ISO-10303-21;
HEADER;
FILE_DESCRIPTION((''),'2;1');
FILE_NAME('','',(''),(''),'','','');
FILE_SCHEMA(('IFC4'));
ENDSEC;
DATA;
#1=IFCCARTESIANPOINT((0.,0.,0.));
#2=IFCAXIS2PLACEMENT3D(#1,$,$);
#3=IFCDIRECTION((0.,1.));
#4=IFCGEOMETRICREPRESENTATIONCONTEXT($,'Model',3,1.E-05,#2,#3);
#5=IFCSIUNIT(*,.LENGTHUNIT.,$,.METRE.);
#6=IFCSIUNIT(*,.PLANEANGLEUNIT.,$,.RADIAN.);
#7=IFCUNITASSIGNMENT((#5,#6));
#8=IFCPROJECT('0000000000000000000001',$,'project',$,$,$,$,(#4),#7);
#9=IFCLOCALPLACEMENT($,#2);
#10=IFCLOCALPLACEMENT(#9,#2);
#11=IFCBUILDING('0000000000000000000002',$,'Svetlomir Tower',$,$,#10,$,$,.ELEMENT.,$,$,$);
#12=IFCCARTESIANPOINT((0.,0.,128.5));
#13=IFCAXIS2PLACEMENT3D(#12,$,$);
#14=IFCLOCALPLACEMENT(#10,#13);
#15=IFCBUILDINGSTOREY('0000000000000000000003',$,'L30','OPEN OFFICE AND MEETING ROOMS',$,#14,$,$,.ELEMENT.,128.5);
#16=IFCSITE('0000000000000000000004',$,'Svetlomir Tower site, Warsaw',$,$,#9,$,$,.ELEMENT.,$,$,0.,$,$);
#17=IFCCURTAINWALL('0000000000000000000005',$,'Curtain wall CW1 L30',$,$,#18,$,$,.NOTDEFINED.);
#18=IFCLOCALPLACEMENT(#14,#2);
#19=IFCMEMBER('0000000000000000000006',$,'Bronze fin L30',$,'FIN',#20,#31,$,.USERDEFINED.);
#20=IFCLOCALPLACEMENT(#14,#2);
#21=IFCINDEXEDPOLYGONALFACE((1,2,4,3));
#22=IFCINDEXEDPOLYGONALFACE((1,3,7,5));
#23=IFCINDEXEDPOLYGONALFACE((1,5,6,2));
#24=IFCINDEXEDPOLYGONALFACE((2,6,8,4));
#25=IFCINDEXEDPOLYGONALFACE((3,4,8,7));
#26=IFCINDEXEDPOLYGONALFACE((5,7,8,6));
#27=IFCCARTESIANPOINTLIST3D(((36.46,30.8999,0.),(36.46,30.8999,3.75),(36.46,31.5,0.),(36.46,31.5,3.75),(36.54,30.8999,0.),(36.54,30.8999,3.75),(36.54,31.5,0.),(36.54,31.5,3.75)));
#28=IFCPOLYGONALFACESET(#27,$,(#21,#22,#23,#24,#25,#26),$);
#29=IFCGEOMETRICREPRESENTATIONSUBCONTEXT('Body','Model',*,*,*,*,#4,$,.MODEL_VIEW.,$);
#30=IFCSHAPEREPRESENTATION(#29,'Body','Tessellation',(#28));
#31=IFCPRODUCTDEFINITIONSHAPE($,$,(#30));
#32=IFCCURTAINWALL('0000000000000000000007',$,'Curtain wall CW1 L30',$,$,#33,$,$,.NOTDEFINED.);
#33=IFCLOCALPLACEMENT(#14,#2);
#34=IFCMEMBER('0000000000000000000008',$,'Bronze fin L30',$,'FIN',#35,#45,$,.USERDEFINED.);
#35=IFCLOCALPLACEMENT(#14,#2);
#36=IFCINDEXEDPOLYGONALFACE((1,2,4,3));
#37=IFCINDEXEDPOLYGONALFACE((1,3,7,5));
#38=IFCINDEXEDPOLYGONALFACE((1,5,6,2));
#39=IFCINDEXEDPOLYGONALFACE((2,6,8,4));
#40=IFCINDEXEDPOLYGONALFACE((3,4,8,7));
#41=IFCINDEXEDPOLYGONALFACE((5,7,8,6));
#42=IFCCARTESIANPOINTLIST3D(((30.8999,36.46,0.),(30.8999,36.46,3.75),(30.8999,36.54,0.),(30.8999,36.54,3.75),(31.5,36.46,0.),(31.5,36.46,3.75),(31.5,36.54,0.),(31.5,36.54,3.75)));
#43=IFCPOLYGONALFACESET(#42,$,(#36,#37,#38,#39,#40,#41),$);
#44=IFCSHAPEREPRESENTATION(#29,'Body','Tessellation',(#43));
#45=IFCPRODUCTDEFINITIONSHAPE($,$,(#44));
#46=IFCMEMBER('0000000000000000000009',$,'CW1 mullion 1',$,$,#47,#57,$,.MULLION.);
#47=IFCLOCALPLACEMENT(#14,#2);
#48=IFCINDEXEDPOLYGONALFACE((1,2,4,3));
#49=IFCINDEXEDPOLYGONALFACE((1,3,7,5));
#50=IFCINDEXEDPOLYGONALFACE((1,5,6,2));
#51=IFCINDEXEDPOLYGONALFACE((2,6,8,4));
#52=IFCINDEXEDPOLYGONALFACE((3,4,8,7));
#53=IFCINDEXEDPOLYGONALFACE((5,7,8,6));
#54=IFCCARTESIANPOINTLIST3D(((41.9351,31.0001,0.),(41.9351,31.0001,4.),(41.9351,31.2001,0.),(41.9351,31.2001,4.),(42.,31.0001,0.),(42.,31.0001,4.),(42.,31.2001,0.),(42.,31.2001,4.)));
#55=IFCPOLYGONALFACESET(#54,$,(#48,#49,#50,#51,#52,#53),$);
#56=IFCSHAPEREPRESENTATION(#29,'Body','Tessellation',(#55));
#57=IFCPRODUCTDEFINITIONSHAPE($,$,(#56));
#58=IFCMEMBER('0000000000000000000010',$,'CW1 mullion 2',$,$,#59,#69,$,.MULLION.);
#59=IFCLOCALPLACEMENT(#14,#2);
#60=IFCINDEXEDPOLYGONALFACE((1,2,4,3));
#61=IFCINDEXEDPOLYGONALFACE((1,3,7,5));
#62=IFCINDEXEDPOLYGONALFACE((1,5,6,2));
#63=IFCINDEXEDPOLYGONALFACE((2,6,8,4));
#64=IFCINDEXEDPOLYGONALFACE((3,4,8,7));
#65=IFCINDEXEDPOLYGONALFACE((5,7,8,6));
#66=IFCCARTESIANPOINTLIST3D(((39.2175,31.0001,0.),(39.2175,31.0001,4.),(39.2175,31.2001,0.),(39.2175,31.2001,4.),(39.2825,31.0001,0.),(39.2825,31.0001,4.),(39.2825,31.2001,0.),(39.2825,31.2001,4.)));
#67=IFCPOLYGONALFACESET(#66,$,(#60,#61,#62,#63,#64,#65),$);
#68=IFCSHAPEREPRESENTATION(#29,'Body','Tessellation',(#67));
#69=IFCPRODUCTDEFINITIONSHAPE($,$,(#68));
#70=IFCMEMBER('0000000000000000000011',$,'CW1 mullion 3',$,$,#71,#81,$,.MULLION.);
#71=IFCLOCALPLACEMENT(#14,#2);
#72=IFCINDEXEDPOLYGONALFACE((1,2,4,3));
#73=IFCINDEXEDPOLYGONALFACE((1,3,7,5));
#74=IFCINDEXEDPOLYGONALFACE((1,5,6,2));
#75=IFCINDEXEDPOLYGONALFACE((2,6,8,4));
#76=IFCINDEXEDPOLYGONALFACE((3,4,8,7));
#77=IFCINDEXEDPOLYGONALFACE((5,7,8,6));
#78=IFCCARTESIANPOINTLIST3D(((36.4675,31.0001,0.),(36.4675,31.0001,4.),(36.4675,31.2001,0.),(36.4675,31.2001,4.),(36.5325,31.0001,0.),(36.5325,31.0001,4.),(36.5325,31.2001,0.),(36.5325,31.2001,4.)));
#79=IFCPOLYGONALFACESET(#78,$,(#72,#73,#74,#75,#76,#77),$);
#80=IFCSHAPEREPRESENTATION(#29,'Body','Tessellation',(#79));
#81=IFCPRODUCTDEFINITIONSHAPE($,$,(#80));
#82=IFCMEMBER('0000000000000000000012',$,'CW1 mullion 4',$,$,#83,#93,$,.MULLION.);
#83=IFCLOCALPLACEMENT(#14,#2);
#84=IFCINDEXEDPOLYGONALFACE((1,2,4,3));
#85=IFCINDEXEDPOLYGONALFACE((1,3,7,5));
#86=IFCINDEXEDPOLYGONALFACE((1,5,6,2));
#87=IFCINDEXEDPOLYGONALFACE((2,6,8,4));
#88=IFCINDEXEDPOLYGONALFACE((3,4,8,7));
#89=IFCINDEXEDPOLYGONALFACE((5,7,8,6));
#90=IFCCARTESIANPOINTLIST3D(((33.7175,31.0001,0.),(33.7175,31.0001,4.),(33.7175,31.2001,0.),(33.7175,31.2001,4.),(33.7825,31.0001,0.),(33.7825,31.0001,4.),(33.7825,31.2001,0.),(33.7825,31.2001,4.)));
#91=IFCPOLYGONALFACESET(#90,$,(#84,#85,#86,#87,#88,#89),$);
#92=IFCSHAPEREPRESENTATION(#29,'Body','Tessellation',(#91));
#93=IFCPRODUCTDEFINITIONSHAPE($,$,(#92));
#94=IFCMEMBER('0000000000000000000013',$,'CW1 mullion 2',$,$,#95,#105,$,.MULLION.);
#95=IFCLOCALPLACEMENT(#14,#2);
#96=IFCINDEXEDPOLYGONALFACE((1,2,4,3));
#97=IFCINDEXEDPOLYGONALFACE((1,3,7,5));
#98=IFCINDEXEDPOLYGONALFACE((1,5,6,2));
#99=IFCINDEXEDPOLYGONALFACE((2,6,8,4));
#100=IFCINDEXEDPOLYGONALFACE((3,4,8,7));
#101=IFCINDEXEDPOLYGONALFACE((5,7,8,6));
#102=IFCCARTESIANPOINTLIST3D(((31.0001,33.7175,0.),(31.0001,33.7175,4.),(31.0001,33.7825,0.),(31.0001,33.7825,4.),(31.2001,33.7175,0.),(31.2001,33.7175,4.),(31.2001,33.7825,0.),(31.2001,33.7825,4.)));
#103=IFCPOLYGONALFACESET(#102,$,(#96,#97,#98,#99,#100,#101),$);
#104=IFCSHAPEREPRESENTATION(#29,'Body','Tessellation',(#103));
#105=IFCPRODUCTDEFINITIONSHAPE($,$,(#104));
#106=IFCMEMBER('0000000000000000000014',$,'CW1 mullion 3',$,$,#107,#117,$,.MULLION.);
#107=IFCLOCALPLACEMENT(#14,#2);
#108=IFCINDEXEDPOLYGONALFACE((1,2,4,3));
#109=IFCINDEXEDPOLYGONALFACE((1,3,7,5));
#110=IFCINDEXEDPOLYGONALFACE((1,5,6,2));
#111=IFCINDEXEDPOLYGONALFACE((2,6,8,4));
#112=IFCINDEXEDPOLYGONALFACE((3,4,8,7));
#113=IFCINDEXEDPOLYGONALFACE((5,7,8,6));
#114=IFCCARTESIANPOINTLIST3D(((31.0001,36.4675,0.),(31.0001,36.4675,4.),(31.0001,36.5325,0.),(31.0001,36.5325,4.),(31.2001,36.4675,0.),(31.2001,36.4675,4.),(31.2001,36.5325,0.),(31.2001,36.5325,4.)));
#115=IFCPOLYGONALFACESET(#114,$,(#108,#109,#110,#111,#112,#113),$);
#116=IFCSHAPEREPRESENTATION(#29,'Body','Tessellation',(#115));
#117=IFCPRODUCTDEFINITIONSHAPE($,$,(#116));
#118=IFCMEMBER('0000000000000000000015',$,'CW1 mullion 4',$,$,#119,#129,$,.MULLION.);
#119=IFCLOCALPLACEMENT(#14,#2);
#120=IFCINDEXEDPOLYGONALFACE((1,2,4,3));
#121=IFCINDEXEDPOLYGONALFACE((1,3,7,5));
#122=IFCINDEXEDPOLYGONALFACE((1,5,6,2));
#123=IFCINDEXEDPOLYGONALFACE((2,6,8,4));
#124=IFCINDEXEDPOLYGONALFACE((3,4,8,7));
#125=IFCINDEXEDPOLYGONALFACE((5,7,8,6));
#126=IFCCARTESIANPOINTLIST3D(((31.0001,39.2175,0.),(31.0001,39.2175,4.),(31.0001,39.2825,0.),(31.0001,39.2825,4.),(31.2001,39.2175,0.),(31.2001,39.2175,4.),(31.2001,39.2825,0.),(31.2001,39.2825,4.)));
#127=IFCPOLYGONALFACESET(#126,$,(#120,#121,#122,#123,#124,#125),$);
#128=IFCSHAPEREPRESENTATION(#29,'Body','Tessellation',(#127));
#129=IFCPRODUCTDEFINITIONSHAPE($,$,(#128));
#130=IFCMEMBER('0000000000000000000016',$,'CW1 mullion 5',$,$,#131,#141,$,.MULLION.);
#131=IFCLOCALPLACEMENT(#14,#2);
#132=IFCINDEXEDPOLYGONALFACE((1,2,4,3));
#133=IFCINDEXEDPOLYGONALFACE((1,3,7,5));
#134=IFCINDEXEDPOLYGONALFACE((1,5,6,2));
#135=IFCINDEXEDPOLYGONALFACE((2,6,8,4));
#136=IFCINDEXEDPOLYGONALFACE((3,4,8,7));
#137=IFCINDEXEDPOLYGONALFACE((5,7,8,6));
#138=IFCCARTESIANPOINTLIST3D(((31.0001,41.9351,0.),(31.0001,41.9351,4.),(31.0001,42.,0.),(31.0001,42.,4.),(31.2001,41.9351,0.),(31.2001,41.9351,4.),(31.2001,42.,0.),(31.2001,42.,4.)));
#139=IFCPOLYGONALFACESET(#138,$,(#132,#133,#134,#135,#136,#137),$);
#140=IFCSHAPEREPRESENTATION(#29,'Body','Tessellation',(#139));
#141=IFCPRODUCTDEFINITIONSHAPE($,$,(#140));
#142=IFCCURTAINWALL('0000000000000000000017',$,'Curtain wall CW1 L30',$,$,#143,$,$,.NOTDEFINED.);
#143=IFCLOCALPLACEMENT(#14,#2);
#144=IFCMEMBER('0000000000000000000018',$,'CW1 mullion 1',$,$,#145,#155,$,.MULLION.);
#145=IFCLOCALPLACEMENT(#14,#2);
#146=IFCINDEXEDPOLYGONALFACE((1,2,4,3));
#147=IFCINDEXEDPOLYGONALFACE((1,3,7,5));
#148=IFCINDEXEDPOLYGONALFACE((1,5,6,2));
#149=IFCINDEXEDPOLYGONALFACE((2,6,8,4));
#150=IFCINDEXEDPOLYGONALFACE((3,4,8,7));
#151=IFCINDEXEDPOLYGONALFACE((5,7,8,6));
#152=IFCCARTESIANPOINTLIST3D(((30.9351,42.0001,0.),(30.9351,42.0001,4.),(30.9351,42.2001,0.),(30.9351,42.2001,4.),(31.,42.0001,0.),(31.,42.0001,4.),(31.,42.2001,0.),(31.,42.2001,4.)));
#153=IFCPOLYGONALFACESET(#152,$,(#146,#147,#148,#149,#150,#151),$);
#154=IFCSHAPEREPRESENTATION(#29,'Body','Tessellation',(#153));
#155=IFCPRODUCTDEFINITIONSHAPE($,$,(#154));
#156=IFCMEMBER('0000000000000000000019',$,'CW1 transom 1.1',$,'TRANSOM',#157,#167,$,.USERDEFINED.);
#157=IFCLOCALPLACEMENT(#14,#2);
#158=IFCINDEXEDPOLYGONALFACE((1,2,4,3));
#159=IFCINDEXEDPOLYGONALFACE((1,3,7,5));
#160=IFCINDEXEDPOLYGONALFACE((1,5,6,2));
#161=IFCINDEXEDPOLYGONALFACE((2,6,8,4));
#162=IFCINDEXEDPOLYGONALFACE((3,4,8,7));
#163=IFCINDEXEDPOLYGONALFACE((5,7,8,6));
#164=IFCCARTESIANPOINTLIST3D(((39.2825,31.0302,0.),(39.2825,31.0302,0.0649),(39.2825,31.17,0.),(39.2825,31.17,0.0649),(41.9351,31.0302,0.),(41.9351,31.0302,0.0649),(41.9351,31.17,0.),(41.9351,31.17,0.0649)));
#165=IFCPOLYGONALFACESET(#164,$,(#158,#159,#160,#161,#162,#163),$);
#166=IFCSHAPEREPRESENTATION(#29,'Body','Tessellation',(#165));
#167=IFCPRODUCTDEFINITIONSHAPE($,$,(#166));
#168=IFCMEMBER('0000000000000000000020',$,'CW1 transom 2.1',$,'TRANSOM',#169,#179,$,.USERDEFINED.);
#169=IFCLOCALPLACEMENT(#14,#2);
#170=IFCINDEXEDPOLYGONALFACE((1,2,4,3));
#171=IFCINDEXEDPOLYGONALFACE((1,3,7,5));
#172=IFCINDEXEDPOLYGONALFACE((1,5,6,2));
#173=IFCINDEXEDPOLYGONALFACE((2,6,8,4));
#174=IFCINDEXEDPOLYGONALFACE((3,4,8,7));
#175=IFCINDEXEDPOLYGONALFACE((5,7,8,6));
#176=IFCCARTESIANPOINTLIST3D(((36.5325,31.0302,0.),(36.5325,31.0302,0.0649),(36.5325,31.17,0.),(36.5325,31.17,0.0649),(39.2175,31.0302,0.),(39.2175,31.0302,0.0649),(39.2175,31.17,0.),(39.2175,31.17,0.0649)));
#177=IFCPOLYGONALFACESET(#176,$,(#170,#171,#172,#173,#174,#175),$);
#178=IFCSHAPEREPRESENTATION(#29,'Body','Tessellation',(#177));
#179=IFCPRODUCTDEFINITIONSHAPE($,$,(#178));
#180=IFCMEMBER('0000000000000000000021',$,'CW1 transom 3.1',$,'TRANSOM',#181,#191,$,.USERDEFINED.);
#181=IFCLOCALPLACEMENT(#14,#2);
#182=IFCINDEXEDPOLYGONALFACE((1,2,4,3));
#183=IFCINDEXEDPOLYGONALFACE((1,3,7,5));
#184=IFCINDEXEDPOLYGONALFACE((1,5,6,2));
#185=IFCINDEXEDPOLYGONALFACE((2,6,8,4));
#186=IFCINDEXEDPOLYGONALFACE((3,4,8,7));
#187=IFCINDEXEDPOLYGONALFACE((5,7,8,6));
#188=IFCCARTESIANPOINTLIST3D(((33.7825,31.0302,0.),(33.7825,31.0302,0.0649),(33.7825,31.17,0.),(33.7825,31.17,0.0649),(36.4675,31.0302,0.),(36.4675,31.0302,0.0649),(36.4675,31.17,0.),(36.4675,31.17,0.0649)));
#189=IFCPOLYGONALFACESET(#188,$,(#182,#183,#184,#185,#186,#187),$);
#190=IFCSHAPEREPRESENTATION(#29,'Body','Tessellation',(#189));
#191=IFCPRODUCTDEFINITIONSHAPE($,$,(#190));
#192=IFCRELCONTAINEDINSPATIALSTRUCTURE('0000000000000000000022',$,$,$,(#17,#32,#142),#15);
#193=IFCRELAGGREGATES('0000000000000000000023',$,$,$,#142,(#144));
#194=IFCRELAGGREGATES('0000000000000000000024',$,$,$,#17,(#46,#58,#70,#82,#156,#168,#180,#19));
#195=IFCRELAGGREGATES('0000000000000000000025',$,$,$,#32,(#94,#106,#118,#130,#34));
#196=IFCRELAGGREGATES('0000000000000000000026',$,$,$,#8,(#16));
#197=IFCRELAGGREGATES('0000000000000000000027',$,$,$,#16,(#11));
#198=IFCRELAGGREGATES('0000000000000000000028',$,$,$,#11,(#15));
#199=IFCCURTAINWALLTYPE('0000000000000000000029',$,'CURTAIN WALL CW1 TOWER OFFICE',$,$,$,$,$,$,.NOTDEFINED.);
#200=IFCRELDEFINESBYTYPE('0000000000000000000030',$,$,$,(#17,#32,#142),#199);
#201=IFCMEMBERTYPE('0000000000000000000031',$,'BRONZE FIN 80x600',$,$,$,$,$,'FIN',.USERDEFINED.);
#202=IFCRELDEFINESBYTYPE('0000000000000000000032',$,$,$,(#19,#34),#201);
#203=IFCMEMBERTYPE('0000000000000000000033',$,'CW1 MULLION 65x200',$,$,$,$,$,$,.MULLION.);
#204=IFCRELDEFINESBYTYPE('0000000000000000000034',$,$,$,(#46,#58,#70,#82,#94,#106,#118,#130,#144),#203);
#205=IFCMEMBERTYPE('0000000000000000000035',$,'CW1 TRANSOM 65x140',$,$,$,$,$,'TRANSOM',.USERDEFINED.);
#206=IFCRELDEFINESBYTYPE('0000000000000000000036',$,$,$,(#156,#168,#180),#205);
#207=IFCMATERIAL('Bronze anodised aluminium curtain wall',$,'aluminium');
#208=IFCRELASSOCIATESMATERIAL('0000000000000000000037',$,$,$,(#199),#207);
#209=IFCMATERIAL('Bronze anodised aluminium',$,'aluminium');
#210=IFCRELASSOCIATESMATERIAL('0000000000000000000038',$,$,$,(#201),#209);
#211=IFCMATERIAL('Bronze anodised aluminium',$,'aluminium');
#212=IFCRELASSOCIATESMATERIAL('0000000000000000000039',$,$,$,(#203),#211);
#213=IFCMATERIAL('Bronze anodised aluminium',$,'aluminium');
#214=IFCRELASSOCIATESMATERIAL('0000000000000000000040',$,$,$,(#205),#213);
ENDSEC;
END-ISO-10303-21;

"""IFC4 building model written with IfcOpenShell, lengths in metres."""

from ifc_helpers import new_model, si_unit, direction, frame, origin, origin_2d, place, context, subcontext, project, spatial, rectangle, extrude, material, material_profile, profile_set, type_object, element, aggregate, save


model = new_model("IFC4")

# Units and contexts
model_context = context("Model", 3, precision=1e-05, world=origin(), true_north=direction((0.0, 1.0)))
body_context = subcontext(model_context, "Body", "Model", "MODEL_VIEW")
ifc_project = project(units=[si_unit("LENGTHUNIT", "METRE"), si_unit("PLANEANGLEUNIT", "RADIAN")], contexts=[model_context])

# Site, building, storey
site_placement = place(None, origin())
site = spatial("IfcSite", under=ifc_project, at=site_placement, Name="Svetlomir Tower site, Warsaw", CompositionType="ELEMENT", RefElevation=0.0)
building_placement = place(site_placement, origin())
building = spatial("IfcBuilding", under=site, at=building_placement, Name="Svetlomir Tower", CompositionType="ELEMENT")
storey_placement = place(building_placement, frame((0.0, 0.0, 128.5)))
storey = spatial("IfcBuildingStorey", under=building, at=storey_placement, Name="L30", Description="OPEN OFFICE AND MEETING ROOMS", CompositionType="ELEMENT", Elevation=128.5)

# Curtain walls, members
ifc_material_1 = material(Name="Bronze anodised aluminium curtain wall", Category="aluminium")
curtain_wall_type = type_object("IfcCurtainWallType", Name="CURTAIN WALL CW1 TOWER OFFICE", PredefinedType="NOTDEFINED", material=ifc_material_1)
curtain_wall_1_placement = place(storey_placement, origin())
curtain_wall_1 = element("IfcCurtainWall", 1, at=curtain_wall_1_placement, inside=storey, type_object=curtain_wall_type, Name="Curtain wall CW1 L30", PredefinedType="NOTDEFINED")
ifc_material_2 = material(Name="Bronze anodised aluminium", Category="aluminium")
ifc_material_profile_1 = material_profile(ifc_material_2, rectangle(XDim=0.0801, YDim=0.6001, at=origin_2d()), Name="FIN 80x600")
ifc_profile_set_1 = profile_set([ifc_material_profile_1], Name="Bronze anodised aluminium 6063-T6")
member_type_1 = type_object("IfcMemberType", Name="BRONZE FIN 80x600", ElementType="FIN", PredefinedType="USERDEFINED", material=ifc_profile_set_1)
member_1_placement = place(storey_placement, frame((36.5, 31.2, 0.0), z_axis=(0.0, 0.0, 1.0), x_axis=(1.0, 0.0, 0.0)))
member_1 = element("IfcMember", 2, at=member_1_placement, type_object=member_type_1, Name="Bronze fin L30", ObjectType="FIN", PredefinedType="USERDEFINED", context=body_context, shape_type="SweptSolid", body=[
    extrude(rectangle(XDim=0.0801, YDim=0.6001, at=origin_2d()), origin(), (0.0, 0.0, 1.0), 3.75),
])
curtain_wall_2_placement = place(storey_placement, origin())
curtain_wall_2 = element("IfcCurtainWall", 3, at=curtain_wall_2_placement, inside=storey, type_object=curtain_wall_type, Name="Curtain wall CW1 L30", PredefinedType="NOTDEFINED")
member_2_placement = place(storey_placement, frame((31.2, 36.5, 0.0), z_axis=(0.0, 0.0, 1.0), x_axis=(0.0, 1.0, 0.0)))
member_2 = element("IfcMember", 4, at=member_2_placement, type_object=member_type_1, Name="Bronze fin L30", ObjectType="FIN", PredefinedType="USERDEFINED", context=body_context, shape_type="SweptSolid", body=[
    extrude(rectangle(XDim=0.0801, YDim=0.6001, at=origin_2d()), origin(), (0.0, 0.0, 1.0), 3.75),
])

# Members
ifc_material_3 = material(Name="Bronze anodised aluminium", Category="aluminium")
ifc_material_profile_2 = material_profile(ifc_material_3, rectangle(XDim=0.0649, YDim=0.2, at=origin_2d()), Name="AL 65x200")
ifc_profile_set_2 = profile_set([ifc_material_profile_2], Name="Bronze anodised aluminium 6063-T6")
member_type_2 = type_object("IfcMemberType", Name="CW1 MULLION 65x200", PredefinedType="MULLION", material=ifc_profile_set_2)
member_3_placement = place(storey_placement, frame((41.9675, 31.1001, 0.0), z_axis=(0.0, 0.0, 1.0), x_axis=(-1.0, 0.0, 0.0)))
member_3 = element("IfcMember", 5, at=member_3_placement, type_object=member_type_2, Name="CW1 mullion 1", PredefinedType="MULLION", context=body_context, shape_type="SweptSolid", body=[
    extrude(rectangle(XDim=0.0649, YDim=0.2, at=origin_2d()), origin(), (0.0, 0.0, 1.0), 4.0),
])
member_4_placement = place(storey_placement, frame((39.25, 31.1001, 0.0), z_axis=(0.0, 0.0, 1.0), x_axis=(-1.0, 0.0, 0.0)))
member_4 = element("IfcMember", 6, at=member_4_placement, type_object=member_type_2, Name="CW1 mullion 2", PredefinedType="MULLION", context=body_context, shape_type="SweptSolid", body=[
    extrude(rectangle(XDim=0.0649, YDim=0.2, at=origin_2d()), origin(), (0.0, 0.0, 1.0), 4.0),
])
member_5_placement = place(storey_placement, frame((36.5, 31.1001, 0.0), z_axis=(0.0, 0.0, 1.0), x_axis=(-1.0, 0.0, 0.0)))
member_5 = element("IfcMember", 7, at=member_5_placement, type_object=member_type_2, Name="CW1 mullion 3", PredefinedType="MULLION", context=body_context, shape_type="SweptSolid", body=[
    extrude(rectangle(XDim=0.0649, YDim=0.2, at=origin_2d()), origin(), (0.0, 0.0, 1.0), 4.0),
])
member_6_placement = place(storey_placement, frame((33.75, 31.1001, 0.0), z_axis=(0.0, 0.0, 1.0), x_axis=(-1.0, 0.0, 0.0)))
member_6 = element("IfcMember", 8, at=member_6_placement, type_object=member_type_2, Name="CW1 mullion 4", PredefinedType="MULLION", context=body_context, shape_type="SweptSolid", body=[
    extrude(rectangle(XDim=0.0649, YDim=0.2, at=origin_2d()), origin(), (0.0, 0.0, 1.0), 4.0),
])
member_7_placement = place(storey_placement, frame((31.1001, 33.75, 0.0), z_axis=(0.0, 0.0, 1.0), x_axis=(0.0, 1.0, 0.0)))
member_7 = element("IfcMember", 9, at=member_7_placement, type_object=member_type_2, Name="CW1 mullion 2", PredefinedType="MULLION", context=body_context, shape_type="SweptSolid", body=[
    extrude(rectangle(XDim=0.0649, YDim=0.2, at=origin_2d()), origin(), (0.0, 0.0, 1.0), 4.0),
])
member_8_placement = place(storey_placement, frame((31.1001, 36.5, 0.0), z_axis=(0.0, 0.0, 1.0), x_axis=(0.0, 1.0, 0.0)))
member_8 = element("IfcMember", 10, at=member_8_placement, type_object=member_type_2, Name="CW1 mullion 3", PredefinedType="MULLION", context=body_context, shape_type="SweptSolid", body=[
    extrude(rectangle(XDim=0.0649, YDim=0.2, at=origin_2d()), origin(), (0.0, 0.0, 1.0), 4.0),
])
member_9_placement = place(storey_placement, frame((31.1001, 39.25, 0.0), z_axis=(0.0, 0.0, 1.0), x_axis=(0.0, 1.0, 0.0)))
member_9 = element("IfcMember", 11, at=member_9_placement, type_object=member_type_2, Name="CW1 mullion 4", PredefinedType="MULLION", context=body_context, shape_type="SweptSolid", body=[
    extrude(rectangle(XDim=0.0649, YDim=0.2, at=origin_2d()), origin(), (0.0, 0.0, 1.0), 4.0),
])
member_10_placement = place(storey_placement, frame((31.1001, 41.9675, 0.0), z_axis=(0.0, 0.0, 1.0), x_axis=(0.0, 1.0, 0.0)))
member_10 = element("IfcMember", 12, at=member_10_placement, type_object=member_type_2, Name="CW1 mullion 5", PredefinedType="MULLION", context=body_context, shape_type="SweptSolid", body=[
    extrude(rectangle(XDim=0.0649, YDim=0.2, at=origin_2d()), origin(), (0.0, 0.0, 1.0), 4.0),
])

# Curtain wall, member
curtain_wall_3_placement = place(storey_placement, origin())
curtain_wall_3 = element("IfcCurtainWall", 13, at=curtain_wall_3_placement, inside=storey, type_object=curtain_wall_type, Name="Curtain wall CW1 L30", PredefinedType="NOTDEFINED")
member_11_placement = place(storey_placement, frame((30.9675, 42.1001, 0.0), z_axis=(0.0, 0.0, 1.0), x_axis=(-1.0, 0.0, 0.0)))
member_11 = element("IfcMember", 14, at=member_11_placement, type_object=member_type_2, Name="CW1 mullion 1", PredefinedType="MULLION", context=body_context, shape_type="SweptSolid", body=[
    extrude(rectangle(XDim=0.0649, YDim=0.2, at=origin_2d()), origin(), (0.0, 0.0, 1.0), 4.0),
])
aggregate(curtain_wall_3, [member_11])

# Members
ifc_material_4 = material(Name="Bronze anodised aluminium", Category="aluminium")
ifc_material_profile_3 = material_profile(ifc_material_4, rectangle(XDim=0.1399, YDim=0.0649, at=origin_2d()), Name="AL 140x65")
ifc_profile_set_3 = profile_set([ifc_material_profile_3], Name="Bronze anodised aluminium 6063-T6")
member_type_3 = type_object("IfcMemberType", Name="CW1 TRANSOM 65x140", ElementType="TRANSOM", PredefinedType="USERDEFINED", material=ifc_profile_set_3)
member_12_placement = place(storey_placement, frame((41.9351, 31.1001, 0.0325), z_axis=(-1.0, 0.0, 0.0), x_axis=(0.0, -1.0, 0.0)))
member_12 = element("IfcMember", 15, at=member_12_placement, type_object=member_type_3, Name="CW1 transom 1.1", ObjectType="TRANSOM", PredefinedType="USERDEFINED", context=body_context, shape_type="SweptSolid", body=[
    extrude(rectangle(XDim=0.1399, YDim=0.0649, at=origin_2d()), origin(), (0.0, 0.0, 1.0), 2.6526),
])
member_13_placement = place(storey_placement, frame((39.2175, 31.1001, 0.0325), z_axis=(-1.0, 0.0, 0.0), x_axis=(0.0, -1.0, 0.0)))
member_13 = element("IfcMember", 16, at=member_13_placement, type_object=member_type_3, Name="CW1 transom 2.1", ObjectType="TRANSOM", PredefinedType="USERDEFINED", context=body_context, shape_type="SweptSolid", body=[
    extrude(rectangle(XDim=0.1399, YDim=0.0649, at=origin_2d()), origin(), (0.0, 0.0, 1.0), 2.6851),
])
member_14_placement = place(storey_placement, frame((36.4675, 31.1001, 0.0325), z_axis=(-1.0, 0.0, 0.0), x_axis=(0.0, -1.0, 0.0)))
member_14 = element("IfcMember", 17, at=member_14_placement, type_object=member_type_3, Name="CW1 transom 3.1", ObjectType="TRANSOM", PredefinedType="USERDEFINED", context=body_context, shape_type="SweptSolid", body=[
    extrude(rectangle(XDim=0.1399, YDim=0.0649, at=origin_2d()), origin(), (0.0, 0.0, 1.0), 2.6851),
])

aggregate(curtain_wall_1, [member_3, member_4, member_5, member_6, member_12, member_13, member_14, member_1])
aggregate(curtain_wall_2, [member_7, member_8, member_9, member_10, member_2])

save(model, "model.ifc")
